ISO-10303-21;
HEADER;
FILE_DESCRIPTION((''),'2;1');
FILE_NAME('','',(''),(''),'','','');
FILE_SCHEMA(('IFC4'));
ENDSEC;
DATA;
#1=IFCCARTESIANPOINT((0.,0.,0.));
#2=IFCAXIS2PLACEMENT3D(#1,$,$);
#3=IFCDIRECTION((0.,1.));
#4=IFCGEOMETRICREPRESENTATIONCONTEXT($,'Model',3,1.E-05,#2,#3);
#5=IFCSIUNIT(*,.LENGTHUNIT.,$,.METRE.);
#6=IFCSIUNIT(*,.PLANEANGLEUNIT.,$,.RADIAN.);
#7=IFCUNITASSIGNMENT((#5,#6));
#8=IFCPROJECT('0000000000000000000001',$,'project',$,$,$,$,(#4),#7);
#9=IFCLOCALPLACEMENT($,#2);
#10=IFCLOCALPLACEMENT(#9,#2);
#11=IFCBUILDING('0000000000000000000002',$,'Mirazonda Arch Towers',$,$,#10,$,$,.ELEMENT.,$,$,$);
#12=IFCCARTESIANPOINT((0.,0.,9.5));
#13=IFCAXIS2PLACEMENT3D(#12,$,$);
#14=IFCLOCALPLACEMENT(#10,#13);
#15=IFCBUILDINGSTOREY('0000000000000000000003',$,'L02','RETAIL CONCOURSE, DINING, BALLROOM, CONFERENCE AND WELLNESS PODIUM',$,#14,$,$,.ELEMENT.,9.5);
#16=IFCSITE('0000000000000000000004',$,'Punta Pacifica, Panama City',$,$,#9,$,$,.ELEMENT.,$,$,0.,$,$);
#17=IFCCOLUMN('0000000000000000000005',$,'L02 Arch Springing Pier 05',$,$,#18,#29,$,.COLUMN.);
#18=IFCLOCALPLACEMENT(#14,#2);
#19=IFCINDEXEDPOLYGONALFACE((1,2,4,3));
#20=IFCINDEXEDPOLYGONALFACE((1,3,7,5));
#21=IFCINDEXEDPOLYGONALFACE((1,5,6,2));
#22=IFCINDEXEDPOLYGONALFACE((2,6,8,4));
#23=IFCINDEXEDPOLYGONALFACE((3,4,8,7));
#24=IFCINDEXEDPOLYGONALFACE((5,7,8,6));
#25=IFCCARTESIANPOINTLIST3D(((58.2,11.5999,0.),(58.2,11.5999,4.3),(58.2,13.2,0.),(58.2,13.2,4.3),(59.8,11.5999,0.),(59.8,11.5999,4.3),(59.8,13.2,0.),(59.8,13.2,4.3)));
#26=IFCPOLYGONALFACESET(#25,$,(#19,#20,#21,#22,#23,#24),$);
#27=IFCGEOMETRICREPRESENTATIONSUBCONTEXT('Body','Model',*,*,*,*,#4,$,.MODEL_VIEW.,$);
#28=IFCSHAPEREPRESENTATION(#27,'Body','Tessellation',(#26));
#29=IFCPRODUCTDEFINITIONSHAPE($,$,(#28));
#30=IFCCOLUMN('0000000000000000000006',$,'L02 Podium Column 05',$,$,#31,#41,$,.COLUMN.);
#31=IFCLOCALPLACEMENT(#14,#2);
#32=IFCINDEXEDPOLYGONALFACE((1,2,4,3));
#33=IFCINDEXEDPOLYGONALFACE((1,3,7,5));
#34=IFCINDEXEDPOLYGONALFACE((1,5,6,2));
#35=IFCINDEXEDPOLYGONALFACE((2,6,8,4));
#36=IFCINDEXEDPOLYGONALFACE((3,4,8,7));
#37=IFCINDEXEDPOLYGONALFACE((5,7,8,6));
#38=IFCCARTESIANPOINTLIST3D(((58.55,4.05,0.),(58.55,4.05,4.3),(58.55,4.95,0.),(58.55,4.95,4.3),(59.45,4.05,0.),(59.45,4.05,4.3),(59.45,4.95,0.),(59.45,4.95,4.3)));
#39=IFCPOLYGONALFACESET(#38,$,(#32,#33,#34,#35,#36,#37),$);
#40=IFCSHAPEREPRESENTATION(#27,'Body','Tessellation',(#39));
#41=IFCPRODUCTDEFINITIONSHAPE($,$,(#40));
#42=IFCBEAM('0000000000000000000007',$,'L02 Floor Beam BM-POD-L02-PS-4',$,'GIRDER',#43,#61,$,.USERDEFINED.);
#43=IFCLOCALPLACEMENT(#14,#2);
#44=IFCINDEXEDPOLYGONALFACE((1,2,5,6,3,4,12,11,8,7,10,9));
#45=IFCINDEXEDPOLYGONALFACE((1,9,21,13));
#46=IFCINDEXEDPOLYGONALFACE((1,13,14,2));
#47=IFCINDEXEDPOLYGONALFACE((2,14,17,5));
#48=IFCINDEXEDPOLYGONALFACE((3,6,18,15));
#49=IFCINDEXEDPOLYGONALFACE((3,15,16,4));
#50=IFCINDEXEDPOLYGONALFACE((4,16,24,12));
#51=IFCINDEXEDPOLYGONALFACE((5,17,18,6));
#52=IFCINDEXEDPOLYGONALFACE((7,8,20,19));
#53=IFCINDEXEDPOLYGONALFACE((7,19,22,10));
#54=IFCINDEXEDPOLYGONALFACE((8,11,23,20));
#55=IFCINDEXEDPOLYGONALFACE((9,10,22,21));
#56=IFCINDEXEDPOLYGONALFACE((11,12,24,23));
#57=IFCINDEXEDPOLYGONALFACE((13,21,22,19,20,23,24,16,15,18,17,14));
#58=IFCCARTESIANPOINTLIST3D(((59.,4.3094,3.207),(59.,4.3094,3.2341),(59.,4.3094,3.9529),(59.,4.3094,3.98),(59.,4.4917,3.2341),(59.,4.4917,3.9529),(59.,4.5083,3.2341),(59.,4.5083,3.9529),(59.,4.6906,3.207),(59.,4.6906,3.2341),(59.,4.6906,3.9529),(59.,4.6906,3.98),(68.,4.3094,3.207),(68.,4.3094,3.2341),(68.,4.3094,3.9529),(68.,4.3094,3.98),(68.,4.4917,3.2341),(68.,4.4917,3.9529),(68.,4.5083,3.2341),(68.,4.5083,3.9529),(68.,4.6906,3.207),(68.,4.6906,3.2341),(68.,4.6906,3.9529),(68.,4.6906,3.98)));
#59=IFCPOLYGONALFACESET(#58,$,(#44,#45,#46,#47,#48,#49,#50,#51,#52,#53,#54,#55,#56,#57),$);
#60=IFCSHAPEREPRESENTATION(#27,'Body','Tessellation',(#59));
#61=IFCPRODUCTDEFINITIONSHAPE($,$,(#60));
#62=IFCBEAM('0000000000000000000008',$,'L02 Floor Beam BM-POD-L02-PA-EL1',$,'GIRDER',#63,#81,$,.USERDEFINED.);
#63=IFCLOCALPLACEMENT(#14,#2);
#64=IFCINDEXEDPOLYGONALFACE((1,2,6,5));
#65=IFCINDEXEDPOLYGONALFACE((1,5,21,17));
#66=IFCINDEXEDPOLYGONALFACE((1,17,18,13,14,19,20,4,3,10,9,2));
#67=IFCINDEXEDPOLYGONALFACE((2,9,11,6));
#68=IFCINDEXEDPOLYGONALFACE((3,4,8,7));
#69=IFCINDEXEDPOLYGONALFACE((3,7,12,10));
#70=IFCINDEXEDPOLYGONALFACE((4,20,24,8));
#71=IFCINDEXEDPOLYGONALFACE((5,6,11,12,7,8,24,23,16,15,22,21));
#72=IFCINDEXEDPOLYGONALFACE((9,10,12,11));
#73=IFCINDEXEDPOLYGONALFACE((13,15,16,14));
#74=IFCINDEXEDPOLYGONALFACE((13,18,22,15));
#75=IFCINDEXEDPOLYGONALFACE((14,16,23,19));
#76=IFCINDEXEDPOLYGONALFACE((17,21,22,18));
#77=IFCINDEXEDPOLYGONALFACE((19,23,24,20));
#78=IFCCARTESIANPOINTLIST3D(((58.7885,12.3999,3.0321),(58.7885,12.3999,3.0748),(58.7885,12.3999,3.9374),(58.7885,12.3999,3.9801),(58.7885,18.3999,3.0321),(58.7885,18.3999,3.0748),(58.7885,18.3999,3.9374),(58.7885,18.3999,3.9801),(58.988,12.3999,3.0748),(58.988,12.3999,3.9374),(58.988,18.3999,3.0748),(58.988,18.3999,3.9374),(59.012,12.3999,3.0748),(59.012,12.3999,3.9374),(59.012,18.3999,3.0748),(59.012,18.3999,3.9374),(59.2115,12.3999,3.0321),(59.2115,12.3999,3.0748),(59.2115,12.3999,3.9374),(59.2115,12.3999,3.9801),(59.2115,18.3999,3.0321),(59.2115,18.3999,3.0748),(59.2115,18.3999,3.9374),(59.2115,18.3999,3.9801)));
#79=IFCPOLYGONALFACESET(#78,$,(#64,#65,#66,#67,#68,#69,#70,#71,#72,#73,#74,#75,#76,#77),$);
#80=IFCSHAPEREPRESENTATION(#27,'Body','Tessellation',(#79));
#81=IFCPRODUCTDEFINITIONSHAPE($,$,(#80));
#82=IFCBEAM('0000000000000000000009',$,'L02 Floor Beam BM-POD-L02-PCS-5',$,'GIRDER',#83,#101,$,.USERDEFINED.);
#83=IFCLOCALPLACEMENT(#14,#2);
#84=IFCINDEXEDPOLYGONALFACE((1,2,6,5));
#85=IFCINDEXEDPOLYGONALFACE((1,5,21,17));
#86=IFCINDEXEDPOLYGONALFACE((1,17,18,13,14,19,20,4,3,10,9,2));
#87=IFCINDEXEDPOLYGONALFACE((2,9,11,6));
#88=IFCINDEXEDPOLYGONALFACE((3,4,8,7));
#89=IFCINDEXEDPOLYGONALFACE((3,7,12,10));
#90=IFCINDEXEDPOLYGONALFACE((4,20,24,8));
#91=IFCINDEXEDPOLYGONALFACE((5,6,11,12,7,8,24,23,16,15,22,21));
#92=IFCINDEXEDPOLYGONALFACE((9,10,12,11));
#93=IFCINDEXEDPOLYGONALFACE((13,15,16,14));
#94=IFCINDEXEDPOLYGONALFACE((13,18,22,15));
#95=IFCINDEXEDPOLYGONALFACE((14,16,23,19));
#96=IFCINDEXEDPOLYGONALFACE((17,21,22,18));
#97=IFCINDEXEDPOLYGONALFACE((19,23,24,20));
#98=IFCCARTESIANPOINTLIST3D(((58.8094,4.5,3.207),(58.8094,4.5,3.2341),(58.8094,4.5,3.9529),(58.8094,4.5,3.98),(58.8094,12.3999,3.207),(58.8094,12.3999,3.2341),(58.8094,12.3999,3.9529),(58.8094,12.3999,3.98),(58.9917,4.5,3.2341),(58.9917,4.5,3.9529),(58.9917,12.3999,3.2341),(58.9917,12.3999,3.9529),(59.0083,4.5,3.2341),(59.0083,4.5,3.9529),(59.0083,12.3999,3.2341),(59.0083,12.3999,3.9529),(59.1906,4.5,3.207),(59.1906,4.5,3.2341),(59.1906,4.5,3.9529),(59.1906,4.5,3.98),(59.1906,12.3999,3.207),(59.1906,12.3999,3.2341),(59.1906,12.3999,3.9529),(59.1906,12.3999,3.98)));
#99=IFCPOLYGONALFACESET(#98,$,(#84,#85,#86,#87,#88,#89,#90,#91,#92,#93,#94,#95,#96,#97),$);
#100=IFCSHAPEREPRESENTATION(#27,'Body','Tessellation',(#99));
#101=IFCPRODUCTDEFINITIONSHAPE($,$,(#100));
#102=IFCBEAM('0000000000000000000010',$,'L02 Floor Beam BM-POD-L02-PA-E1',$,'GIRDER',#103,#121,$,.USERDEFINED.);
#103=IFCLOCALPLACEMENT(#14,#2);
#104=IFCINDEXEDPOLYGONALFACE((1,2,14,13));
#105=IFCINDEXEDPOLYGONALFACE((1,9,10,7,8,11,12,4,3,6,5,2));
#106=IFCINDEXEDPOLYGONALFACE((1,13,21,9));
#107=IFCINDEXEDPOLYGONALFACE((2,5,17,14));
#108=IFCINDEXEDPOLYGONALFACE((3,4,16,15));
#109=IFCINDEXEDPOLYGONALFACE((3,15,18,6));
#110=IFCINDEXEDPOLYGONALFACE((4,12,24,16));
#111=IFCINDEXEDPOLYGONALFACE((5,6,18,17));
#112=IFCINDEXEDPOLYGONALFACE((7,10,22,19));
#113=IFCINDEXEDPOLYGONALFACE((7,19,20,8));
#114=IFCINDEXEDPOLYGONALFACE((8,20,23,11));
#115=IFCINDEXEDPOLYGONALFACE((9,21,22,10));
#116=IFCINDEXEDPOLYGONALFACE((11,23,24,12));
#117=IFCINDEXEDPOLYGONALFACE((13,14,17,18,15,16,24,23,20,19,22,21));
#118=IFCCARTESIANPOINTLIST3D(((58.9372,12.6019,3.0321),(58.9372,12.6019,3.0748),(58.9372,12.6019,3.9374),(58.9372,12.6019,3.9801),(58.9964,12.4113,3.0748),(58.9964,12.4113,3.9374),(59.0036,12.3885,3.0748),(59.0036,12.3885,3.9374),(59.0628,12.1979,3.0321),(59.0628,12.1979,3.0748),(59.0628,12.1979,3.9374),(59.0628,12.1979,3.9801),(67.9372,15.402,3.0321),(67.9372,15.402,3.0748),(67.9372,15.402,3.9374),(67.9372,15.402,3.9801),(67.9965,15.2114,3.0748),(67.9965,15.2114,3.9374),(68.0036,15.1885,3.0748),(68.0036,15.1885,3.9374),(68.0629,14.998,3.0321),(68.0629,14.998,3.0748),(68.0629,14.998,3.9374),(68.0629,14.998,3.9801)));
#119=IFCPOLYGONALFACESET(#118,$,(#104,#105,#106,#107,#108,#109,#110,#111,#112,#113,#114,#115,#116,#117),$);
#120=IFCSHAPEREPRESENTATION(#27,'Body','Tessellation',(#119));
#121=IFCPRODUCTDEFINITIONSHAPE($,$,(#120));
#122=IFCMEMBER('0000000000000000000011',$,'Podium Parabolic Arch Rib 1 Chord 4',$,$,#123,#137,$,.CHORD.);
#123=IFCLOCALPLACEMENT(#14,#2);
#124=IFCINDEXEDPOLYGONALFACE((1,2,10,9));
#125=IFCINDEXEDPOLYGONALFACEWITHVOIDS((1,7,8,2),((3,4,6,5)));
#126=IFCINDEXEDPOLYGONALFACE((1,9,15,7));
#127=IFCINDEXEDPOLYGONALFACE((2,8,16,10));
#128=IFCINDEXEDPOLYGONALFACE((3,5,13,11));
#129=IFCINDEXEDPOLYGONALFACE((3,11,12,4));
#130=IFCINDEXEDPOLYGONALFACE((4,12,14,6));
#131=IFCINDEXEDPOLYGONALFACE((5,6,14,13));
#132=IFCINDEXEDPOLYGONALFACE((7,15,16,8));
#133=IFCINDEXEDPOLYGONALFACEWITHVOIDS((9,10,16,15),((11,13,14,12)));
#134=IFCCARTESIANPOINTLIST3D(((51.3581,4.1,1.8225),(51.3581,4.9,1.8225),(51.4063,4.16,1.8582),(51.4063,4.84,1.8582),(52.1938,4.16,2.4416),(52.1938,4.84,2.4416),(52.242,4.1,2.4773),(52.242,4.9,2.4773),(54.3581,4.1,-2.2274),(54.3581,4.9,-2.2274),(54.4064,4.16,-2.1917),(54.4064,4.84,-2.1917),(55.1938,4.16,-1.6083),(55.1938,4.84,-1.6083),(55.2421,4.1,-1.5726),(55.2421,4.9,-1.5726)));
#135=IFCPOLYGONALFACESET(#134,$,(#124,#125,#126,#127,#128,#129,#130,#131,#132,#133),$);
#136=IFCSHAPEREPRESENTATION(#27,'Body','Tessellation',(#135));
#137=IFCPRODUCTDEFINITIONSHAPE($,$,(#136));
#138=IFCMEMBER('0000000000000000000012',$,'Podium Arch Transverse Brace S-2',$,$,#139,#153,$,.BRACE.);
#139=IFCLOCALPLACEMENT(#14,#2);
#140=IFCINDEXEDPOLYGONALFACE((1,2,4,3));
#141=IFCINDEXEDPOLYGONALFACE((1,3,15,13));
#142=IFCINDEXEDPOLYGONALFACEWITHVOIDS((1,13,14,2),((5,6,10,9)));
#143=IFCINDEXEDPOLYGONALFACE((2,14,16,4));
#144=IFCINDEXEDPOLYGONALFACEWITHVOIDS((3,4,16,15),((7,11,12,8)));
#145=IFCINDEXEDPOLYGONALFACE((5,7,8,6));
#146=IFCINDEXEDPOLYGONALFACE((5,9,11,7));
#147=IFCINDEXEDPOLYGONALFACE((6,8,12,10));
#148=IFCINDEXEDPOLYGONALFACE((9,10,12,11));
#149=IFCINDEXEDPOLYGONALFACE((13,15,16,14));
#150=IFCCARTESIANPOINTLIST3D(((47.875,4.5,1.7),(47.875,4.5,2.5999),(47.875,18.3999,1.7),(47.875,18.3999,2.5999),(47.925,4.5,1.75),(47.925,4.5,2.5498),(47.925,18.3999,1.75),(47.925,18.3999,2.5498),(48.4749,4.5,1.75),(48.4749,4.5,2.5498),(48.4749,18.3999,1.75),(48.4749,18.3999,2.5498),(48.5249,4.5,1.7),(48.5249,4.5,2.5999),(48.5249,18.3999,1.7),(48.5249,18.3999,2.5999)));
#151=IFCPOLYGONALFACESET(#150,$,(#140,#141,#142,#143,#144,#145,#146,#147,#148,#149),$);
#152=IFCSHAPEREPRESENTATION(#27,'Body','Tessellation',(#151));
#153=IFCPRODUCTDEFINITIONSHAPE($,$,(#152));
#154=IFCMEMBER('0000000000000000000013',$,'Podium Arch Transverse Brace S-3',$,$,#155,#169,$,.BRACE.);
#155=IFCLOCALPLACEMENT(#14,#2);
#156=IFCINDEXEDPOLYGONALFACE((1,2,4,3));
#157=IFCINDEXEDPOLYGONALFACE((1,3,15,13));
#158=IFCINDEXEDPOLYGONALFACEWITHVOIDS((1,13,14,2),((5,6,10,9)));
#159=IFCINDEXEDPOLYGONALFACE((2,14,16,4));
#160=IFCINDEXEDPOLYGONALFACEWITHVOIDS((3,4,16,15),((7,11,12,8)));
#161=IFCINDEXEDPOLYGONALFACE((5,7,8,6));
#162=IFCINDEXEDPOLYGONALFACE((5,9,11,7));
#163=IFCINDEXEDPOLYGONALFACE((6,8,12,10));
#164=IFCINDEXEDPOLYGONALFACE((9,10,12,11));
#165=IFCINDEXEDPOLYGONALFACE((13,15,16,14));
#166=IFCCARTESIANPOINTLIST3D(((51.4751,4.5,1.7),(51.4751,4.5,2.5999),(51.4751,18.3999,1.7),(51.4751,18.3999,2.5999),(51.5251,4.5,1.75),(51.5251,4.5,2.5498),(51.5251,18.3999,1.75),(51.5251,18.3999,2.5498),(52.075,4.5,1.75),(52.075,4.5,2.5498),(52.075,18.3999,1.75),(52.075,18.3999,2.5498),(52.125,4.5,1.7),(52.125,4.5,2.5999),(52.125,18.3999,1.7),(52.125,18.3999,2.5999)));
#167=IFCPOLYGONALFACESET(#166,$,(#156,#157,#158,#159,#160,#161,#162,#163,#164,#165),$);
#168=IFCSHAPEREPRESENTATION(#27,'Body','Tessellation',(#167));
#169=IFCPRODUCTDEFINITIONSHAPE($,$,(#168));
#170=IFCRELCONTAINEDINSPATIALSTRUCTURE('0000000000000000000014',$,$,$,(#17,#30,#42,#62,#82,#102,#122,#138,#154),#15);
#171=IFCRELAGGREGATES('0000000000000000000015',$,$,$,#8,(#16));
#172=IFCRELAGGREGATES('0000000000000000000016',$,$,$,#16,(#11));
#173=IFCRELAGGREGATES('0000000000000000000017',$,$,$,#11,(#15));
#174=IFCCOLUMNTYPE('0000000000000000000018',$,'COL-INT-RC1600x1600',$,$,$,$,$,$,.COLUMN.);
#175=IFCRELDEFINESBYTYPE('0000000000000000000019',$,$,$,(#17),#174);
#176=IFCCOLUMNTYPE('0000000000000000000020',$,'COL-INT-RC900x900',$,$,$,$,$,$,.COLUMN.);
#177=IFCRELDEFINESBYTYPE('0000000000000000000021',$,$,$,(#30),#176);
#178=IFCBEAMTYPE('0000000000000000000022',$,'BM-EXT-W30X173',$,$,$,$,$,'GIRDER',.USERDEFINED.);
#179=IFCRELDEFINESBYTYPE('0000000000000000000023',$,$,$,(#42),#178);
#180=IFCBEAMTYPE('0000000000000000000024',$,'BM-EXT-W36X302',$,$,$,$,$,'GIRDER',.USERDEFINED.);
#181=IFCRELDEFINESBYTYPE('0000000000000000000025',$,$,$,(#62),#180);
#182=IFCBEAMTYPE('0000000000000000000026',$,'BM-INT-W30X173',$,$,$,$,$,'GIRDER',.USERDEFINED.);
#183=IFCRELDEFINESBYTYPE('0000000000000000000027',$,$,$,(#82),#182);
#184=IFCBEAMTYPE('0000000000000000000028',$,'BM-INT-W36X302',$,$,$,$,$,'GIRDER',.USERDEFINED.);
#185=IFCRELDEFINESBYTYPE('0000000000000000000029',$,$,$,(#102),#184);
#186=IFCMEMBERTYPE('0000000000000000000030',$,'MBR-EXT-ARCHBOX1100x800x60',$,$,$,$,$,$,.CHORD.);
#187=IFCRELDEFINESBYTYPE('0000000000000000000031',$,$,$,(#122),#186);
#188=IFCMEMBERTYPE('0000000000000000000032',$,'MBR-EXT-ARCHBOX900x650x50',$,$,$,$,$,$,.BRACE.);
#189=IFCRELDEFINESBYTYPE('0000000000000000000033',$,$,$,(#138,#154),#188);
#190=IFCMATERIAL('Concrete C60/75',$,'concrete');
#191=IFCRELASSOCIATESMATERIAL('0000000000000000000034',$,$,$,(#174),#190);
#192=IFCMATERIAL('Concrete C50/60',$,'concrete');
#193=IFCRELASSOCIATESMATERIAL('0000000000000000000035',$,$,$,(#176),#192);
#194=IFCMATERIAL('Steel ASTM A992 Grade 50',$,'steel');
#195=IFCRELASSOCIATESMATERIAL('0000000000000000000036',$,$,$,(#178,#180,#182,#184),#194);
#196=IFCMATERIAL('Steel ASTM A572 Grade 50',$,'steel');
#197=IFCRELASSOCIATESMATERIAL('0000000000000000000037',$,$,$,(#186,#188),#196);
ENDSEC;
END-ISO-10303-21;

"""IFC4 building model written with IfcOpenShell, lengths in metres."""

from ifc_helpers import new_model, si_unit, direction, frame, origin, origin_2d, place, context, subcontext, project, spatial, rectangle, hollow_rectangle, i_section, extrude, material, material_profile, profile_set, type_object, element, save


model = new_model("IFC4")

# Units and contexts
model_context = context("Model", 3, precision=1e-05, world=origin(), true_north=direction((0.0, 1.0)))
body_context = subcontext(model_context, "Body", "Model", "MODEL_VIEW")
ifc_project = project(units=[si_unit("LENGTHUNIT", "METRE"), si_unit("PLANEANGLEUNIT", "RADIAN")], contexts=[model_context])

# Site, building, storey
site_placement = place(None, origin())
site = spatial("IfcSite", under=ifc_project, at=site_placement, Name="Punta Pacifica, Panama City", CompositionType="ELEMENT", RefElevation=0.0)
building_placement = place(site_placement, origin())
building = spatial("IfcBuilding", under=site, at=building_placement, Name="Mirazonda Arch Towers", CompositionType="ELEMENT")
storey_placement = place(building_placement, frame((0.0, 0.0, 9.5)))
storey = spatial("IfcBuildingStorey", under=building, at=storey_placement, Name="L02", Description="RETAIL CONCOURSE, DINING, BALLROOM, CONFERENCE AND WELLNESS PODIUM", CompositionType="ELEMENT", Elevation=9.5)

# Columns
ifc_material_1 = material(Name="Concrete C60/75", Category="concrete")
ifc_material_profile_1 = material_profile(ifc_material_1, rectangle(XDim=1.6001, YDim=1.6001, at=origin_2d()), Name="RC1600x1600")
ifc_profile_set_1 = profile_set([ifc_material_profile_1], Name="Concrete C60/75")
column_type_1 = type_object("IfcColumnType", Name="COL-INT-RC1600x1600", PredefinedType="COLUMN", material=ifc_profile_set_1)
column_1_placement = place(storey_placement, frame((59.0, 12.3999, 0.0), z_axis=(0.0, 0.0, 1.0), x_axis=(1.0, 0.0, 0.0)))
element("IfcColumn", 1, at=column_1_placement, inside=storey, type_object=column_type_1, Name="L02 Arch Springing Pier 05", PredefinedType="COLUMN", context=body_context, shape_type="SweptSolid", body=[
    extrude(rectangle(XDim=1.6001, YDim=1.6001, at=origin_2d()), origin(), (0.0, 0.0, 1.0), 4.3),
])
ifc_material_2 = material(Name="Concrete C50/60", Category="concrete")
ifc_material_profile_2 = material_profile(ifc_material_2, rectangle(XDim=0.8999, YDim=0.8999, at=origin_2d()), Name="RC900x900")
ifc_profile_set_2 = profile_set([ifc_material_profile_2], Name="Concrete C50/60")
column_type_2 = type_object("IfcColumnType", Name="COL-INT-RC900x900", PredefinedType="COLUMN", material=ifc_profile_set_2)
column_2_placement = place(storey_placement, frame((59.0, 4.5, 0.0), z_axis=(0.0, 0.0, 1.0), x_axis=(1.0, 0.0, 0.0)))
element("IfcColumn", 2, at=column_2_placement, inside=storey, type_object=column_type_2, Name="L02 Podium Column 05", PredefinedType="COLUMN", context=body_context, shape_type="SweptSolid", body=[
    extrude(rectangle(XDim=0.8999, YDim=0.8999, at=origin_2d()), origin(), (0.0, 0.0, 1.0), 4.3),
])

# Beams
ifc_material_3 = material(Name="Steel ASTM A992 Grade 50", Category="steel")
ifc_material_profile_3 = material_profile(ifc_material_3, i_section(OverallWidth=0.3811, OverallDepth=0.7729, WebThickness=0.0166, FlangeThickness=0.0271, at=origin_2d()), Name="W30X173")
ifc_profile_set_3 = profile_set([ifc_material_profile_3], Name="Steel ASTM A992 Grade 50")
beam_type_1 = type_object("IfcBeamType", Name="BM-EXT-W30X173", ElementType="GIRDER", PredefinedType="USERDEFINED", material=ifc_profile_set_3)
beam_1_placement = place(storey_placement, frame((59.0, 4.5, 3.5935), z_axis=(1.0, 0.0, 0.0), x_axis=(0.0, 1.0, 0.0)))
element("IfcBeam", 3, at=beam_1_placement, inside=storey, type_object=beam_type_1, Name="L02 Floor Beam BM-POD-L02-PS-4", ObjectType="GIRDER", PredefinedType="USERDEFINED", context=body_context, shape_type="SweptSolid", body=[
    extrude(i_section(OverallWidth=0.3811, OverallDepth=0.7729, WebThickness=0.0166, FlangeThickness=0.0271, at=origin_2d()), origin(), (0.0, 0.0, 1.0), 9.0),
])
ifc_material_profile_4 = material_profile(ifc_material_3, i_section(OverallWidth=0.4231, OverallDepth=0.948, WebThickness=0.0239, FlangeThickness=0.0427, at=origin_2d()), Name="W36X302")
ifc_profile_set_4 = profile_set([ifc_material_profile_4], Name="Steel ASTM A992 Grade 50")
beam_type_2 = type_object("IfcBeamType", Name="BM-EXT-W36X302", ElementType="GIRDER", PredefinedType="USERDEFINED", material=ifc_profile_set_4)
beam_2_placement = place(storey_placement, frame((59.0, 12.3999, 3.5061), z_axis=(0.0, 1.0, 0.0), x_axis=(-1.0, 0.0, 0.0)))
element("IfcBeam", 4, at=beam_2_placement, inside=storey, type_object=beam_type_2, Name="L02 Floor Beam BM-POD-L02-PA-EL1", ObjectType="GIRDER", PredefinedType="USERDEFINED", context=body_context, shape_type="SweptSolid", body=[
    extrude(i_section(OverallWidth=0.4231, OverallDepth=0.948, WebThickness=0.0239, FlangeThickness=0.0427, at=origin_2d()), origin(), (0.0, 0.0, 1.0), 6.0),
])
ifc_material_profile_5 = material_profile(ifc_material_3, i_section(OverallWidth=0.3811, OverallDepth=0.7729, WebThickness=0.0166, FlangeThickness=0.0271, at=origin_2d()), Name="W30X173")
ifc_profile_set_5 = profile_set([ifc_material_profile_5], Name="Steel ASTM A992 Grade 50")
beam_type_3 = type_object("IfcBeamType", Name="BM-INT-W30X173", ElementType="GIRDER", PredefinedType="USERDEFINED", material=ifc_profile_set_5)
beam_3_placement = place(storey_placement, frame((59.0, 4.5, 3.5935), z_axis=(0.0, 1.0, 0.0), x_axis=(-1.0, 0.0, 0.0)))
element("IfcBeam", 5, at=beam_3_placement, inside=storey, type_object=beam_type_3, Name="L02 Floor Beam BM-POD-L02-PCS-5", ObjectType="GIRDER", PredefinedType="USERDEFINED", context=body_context, shape_type="SweptSolid", body=[
    extrude(i_section(OverallWidth=0.3811, OverallDepth=0.7729, WebThickness=0.0166, FlangeThickness=0.0271, at=origin_2d()), origin(), (0.0, 0.0, 1.0), 7.8999),
])
ifc_material_profile_6 = material_profile(ifc_material_3, i_section(OverallWidth=0.4231, OverallDepth=0.948, WebThickness=0.0239, FlangeThickness=0.0427, at=origin_2d()), Name="W36X302")
ifc_profile_set_6 = profile_set([ifc_material_profile_6], Name="Steel ASTM A992 Grade 50")
beam_type_4 = type_object("IfcBeamType", Name="BM-INT-W36X302", ElementType="GIRDER", PredefinedType="USERDEFINED", material=ifc_profile_set_6)
beam_4_placement = place(storey_placement, frame((59.0, 12.3999, 3.5061), z_axis=(0.954855, 0.297071, 0.0), x_axis=(-0.297071, 0.954855, 0.0)))
element("IfcBeam", 6, at=beam_4_placement, inside=storey, type_object=beam_type_4, Name="L02 Floor Beam BM-POD-L02-PA-E1", ObjectType="GIRDER", PredefinedType="USERDEFINED", context=body_context, shape_type="SweptSolid", body=[
    extrude(i_section(OverallWidth=0.4231, OverallDepth=0.948, WebThickness=0.0239, FlangeThickness=0.0427, at=origin_2d()), origin(), (0.0, 0.0, 1.0), 9.4255),
])

# Members
ifc_material_4 = material(Name="Steel ASTM A572 Grade 50", Category="steel")
ifc_material_profile_7 = material_profile(ifc_material_4, hollow_rectangle(XDim=0.8, YDim=1.1001, WallThickness=0.0601, at=origin_2d()), Name="ARCHBOX1100x800x60")
ifc_profile_set_7 = profile_set([ifc_material_profile_7], Name="Steel ASTM A572 Grade 50")
member_type_1 = type_object("IfcMemberType", Name="MBR-EXT-ARCHBOX1100x800x60", PredefinedType="CHORD", material=ifc_profile_set_7)
member_1_placement = place(storey_placement, frame((51.8, 4.5, 2.1499), z_axis=(0.595246, 0.0, -0.803543), x_axis=(0.0, 1.0, 0.0)))
element("IfcMember", 7, at=member_1_placement, inside=storey, type_object=member_type_1, Name="Podium Parabolic Arch Rib 1 Chord 4", PredefinedType="CHORD", context=body_context, shape_type="SweptSolid", body=[
    extrude(hollow_rectangle(XDim=0.8, YDim=1.1001, WallThickness=0.0601, at=origin_2d()), origin(), (0.0, 0.0, 1.0), 5.04),
])
ifc_material_profile_8 = material_profile(ifc_material_4, hollow_rectangle(XDim=0.6499, YDim=0.8999, WallThickness=0.05, at=origin_2d()), Name="ARCHBOX900x650x50")
ifc_profile_set_8 = profile_set([ifc_material_profile_8], Name="Steel ASTM A572 Grade 50")
member_type_2 = type_object("IfcMemberType", Name="MBR-EXT-ARCHBOX900x650x50", PredefinedType="BRACE", material=ifc_profile_set_8)
for number, where, z_axis, x_axis, name in (
    (8, (48.2, 4.5, 2.1499), (0.0, 1.0, 0.0), (-1.0, 0.0, 0.0), "Podium Arch Transverse Brace S-2"),
    (9, (51.8, 4.5, 2.1499), (0.0, 1.0, 0.0), (-1.0, 0.0, 0.0), "Podium Arch Transverse Brace S-3"),
):
    element("IfcMember", number, at=place(storey_placement, frame(where, z_axis=z_axis, x_axis=x_axis)), inside=storey, type_object=member_type_2, Name=name, PredefinedType="BRACE", context=body_context, shape_type="SweptSolid", body=[
        extrude(hollow_rectangle(XDim=0.6499, YDim=0.8999, WallThickness=0.05, at=origin_2d()), origin(), (0.0, 0.0, 1.0), 13.8999),
    ])

save(model, "model.ifc")
